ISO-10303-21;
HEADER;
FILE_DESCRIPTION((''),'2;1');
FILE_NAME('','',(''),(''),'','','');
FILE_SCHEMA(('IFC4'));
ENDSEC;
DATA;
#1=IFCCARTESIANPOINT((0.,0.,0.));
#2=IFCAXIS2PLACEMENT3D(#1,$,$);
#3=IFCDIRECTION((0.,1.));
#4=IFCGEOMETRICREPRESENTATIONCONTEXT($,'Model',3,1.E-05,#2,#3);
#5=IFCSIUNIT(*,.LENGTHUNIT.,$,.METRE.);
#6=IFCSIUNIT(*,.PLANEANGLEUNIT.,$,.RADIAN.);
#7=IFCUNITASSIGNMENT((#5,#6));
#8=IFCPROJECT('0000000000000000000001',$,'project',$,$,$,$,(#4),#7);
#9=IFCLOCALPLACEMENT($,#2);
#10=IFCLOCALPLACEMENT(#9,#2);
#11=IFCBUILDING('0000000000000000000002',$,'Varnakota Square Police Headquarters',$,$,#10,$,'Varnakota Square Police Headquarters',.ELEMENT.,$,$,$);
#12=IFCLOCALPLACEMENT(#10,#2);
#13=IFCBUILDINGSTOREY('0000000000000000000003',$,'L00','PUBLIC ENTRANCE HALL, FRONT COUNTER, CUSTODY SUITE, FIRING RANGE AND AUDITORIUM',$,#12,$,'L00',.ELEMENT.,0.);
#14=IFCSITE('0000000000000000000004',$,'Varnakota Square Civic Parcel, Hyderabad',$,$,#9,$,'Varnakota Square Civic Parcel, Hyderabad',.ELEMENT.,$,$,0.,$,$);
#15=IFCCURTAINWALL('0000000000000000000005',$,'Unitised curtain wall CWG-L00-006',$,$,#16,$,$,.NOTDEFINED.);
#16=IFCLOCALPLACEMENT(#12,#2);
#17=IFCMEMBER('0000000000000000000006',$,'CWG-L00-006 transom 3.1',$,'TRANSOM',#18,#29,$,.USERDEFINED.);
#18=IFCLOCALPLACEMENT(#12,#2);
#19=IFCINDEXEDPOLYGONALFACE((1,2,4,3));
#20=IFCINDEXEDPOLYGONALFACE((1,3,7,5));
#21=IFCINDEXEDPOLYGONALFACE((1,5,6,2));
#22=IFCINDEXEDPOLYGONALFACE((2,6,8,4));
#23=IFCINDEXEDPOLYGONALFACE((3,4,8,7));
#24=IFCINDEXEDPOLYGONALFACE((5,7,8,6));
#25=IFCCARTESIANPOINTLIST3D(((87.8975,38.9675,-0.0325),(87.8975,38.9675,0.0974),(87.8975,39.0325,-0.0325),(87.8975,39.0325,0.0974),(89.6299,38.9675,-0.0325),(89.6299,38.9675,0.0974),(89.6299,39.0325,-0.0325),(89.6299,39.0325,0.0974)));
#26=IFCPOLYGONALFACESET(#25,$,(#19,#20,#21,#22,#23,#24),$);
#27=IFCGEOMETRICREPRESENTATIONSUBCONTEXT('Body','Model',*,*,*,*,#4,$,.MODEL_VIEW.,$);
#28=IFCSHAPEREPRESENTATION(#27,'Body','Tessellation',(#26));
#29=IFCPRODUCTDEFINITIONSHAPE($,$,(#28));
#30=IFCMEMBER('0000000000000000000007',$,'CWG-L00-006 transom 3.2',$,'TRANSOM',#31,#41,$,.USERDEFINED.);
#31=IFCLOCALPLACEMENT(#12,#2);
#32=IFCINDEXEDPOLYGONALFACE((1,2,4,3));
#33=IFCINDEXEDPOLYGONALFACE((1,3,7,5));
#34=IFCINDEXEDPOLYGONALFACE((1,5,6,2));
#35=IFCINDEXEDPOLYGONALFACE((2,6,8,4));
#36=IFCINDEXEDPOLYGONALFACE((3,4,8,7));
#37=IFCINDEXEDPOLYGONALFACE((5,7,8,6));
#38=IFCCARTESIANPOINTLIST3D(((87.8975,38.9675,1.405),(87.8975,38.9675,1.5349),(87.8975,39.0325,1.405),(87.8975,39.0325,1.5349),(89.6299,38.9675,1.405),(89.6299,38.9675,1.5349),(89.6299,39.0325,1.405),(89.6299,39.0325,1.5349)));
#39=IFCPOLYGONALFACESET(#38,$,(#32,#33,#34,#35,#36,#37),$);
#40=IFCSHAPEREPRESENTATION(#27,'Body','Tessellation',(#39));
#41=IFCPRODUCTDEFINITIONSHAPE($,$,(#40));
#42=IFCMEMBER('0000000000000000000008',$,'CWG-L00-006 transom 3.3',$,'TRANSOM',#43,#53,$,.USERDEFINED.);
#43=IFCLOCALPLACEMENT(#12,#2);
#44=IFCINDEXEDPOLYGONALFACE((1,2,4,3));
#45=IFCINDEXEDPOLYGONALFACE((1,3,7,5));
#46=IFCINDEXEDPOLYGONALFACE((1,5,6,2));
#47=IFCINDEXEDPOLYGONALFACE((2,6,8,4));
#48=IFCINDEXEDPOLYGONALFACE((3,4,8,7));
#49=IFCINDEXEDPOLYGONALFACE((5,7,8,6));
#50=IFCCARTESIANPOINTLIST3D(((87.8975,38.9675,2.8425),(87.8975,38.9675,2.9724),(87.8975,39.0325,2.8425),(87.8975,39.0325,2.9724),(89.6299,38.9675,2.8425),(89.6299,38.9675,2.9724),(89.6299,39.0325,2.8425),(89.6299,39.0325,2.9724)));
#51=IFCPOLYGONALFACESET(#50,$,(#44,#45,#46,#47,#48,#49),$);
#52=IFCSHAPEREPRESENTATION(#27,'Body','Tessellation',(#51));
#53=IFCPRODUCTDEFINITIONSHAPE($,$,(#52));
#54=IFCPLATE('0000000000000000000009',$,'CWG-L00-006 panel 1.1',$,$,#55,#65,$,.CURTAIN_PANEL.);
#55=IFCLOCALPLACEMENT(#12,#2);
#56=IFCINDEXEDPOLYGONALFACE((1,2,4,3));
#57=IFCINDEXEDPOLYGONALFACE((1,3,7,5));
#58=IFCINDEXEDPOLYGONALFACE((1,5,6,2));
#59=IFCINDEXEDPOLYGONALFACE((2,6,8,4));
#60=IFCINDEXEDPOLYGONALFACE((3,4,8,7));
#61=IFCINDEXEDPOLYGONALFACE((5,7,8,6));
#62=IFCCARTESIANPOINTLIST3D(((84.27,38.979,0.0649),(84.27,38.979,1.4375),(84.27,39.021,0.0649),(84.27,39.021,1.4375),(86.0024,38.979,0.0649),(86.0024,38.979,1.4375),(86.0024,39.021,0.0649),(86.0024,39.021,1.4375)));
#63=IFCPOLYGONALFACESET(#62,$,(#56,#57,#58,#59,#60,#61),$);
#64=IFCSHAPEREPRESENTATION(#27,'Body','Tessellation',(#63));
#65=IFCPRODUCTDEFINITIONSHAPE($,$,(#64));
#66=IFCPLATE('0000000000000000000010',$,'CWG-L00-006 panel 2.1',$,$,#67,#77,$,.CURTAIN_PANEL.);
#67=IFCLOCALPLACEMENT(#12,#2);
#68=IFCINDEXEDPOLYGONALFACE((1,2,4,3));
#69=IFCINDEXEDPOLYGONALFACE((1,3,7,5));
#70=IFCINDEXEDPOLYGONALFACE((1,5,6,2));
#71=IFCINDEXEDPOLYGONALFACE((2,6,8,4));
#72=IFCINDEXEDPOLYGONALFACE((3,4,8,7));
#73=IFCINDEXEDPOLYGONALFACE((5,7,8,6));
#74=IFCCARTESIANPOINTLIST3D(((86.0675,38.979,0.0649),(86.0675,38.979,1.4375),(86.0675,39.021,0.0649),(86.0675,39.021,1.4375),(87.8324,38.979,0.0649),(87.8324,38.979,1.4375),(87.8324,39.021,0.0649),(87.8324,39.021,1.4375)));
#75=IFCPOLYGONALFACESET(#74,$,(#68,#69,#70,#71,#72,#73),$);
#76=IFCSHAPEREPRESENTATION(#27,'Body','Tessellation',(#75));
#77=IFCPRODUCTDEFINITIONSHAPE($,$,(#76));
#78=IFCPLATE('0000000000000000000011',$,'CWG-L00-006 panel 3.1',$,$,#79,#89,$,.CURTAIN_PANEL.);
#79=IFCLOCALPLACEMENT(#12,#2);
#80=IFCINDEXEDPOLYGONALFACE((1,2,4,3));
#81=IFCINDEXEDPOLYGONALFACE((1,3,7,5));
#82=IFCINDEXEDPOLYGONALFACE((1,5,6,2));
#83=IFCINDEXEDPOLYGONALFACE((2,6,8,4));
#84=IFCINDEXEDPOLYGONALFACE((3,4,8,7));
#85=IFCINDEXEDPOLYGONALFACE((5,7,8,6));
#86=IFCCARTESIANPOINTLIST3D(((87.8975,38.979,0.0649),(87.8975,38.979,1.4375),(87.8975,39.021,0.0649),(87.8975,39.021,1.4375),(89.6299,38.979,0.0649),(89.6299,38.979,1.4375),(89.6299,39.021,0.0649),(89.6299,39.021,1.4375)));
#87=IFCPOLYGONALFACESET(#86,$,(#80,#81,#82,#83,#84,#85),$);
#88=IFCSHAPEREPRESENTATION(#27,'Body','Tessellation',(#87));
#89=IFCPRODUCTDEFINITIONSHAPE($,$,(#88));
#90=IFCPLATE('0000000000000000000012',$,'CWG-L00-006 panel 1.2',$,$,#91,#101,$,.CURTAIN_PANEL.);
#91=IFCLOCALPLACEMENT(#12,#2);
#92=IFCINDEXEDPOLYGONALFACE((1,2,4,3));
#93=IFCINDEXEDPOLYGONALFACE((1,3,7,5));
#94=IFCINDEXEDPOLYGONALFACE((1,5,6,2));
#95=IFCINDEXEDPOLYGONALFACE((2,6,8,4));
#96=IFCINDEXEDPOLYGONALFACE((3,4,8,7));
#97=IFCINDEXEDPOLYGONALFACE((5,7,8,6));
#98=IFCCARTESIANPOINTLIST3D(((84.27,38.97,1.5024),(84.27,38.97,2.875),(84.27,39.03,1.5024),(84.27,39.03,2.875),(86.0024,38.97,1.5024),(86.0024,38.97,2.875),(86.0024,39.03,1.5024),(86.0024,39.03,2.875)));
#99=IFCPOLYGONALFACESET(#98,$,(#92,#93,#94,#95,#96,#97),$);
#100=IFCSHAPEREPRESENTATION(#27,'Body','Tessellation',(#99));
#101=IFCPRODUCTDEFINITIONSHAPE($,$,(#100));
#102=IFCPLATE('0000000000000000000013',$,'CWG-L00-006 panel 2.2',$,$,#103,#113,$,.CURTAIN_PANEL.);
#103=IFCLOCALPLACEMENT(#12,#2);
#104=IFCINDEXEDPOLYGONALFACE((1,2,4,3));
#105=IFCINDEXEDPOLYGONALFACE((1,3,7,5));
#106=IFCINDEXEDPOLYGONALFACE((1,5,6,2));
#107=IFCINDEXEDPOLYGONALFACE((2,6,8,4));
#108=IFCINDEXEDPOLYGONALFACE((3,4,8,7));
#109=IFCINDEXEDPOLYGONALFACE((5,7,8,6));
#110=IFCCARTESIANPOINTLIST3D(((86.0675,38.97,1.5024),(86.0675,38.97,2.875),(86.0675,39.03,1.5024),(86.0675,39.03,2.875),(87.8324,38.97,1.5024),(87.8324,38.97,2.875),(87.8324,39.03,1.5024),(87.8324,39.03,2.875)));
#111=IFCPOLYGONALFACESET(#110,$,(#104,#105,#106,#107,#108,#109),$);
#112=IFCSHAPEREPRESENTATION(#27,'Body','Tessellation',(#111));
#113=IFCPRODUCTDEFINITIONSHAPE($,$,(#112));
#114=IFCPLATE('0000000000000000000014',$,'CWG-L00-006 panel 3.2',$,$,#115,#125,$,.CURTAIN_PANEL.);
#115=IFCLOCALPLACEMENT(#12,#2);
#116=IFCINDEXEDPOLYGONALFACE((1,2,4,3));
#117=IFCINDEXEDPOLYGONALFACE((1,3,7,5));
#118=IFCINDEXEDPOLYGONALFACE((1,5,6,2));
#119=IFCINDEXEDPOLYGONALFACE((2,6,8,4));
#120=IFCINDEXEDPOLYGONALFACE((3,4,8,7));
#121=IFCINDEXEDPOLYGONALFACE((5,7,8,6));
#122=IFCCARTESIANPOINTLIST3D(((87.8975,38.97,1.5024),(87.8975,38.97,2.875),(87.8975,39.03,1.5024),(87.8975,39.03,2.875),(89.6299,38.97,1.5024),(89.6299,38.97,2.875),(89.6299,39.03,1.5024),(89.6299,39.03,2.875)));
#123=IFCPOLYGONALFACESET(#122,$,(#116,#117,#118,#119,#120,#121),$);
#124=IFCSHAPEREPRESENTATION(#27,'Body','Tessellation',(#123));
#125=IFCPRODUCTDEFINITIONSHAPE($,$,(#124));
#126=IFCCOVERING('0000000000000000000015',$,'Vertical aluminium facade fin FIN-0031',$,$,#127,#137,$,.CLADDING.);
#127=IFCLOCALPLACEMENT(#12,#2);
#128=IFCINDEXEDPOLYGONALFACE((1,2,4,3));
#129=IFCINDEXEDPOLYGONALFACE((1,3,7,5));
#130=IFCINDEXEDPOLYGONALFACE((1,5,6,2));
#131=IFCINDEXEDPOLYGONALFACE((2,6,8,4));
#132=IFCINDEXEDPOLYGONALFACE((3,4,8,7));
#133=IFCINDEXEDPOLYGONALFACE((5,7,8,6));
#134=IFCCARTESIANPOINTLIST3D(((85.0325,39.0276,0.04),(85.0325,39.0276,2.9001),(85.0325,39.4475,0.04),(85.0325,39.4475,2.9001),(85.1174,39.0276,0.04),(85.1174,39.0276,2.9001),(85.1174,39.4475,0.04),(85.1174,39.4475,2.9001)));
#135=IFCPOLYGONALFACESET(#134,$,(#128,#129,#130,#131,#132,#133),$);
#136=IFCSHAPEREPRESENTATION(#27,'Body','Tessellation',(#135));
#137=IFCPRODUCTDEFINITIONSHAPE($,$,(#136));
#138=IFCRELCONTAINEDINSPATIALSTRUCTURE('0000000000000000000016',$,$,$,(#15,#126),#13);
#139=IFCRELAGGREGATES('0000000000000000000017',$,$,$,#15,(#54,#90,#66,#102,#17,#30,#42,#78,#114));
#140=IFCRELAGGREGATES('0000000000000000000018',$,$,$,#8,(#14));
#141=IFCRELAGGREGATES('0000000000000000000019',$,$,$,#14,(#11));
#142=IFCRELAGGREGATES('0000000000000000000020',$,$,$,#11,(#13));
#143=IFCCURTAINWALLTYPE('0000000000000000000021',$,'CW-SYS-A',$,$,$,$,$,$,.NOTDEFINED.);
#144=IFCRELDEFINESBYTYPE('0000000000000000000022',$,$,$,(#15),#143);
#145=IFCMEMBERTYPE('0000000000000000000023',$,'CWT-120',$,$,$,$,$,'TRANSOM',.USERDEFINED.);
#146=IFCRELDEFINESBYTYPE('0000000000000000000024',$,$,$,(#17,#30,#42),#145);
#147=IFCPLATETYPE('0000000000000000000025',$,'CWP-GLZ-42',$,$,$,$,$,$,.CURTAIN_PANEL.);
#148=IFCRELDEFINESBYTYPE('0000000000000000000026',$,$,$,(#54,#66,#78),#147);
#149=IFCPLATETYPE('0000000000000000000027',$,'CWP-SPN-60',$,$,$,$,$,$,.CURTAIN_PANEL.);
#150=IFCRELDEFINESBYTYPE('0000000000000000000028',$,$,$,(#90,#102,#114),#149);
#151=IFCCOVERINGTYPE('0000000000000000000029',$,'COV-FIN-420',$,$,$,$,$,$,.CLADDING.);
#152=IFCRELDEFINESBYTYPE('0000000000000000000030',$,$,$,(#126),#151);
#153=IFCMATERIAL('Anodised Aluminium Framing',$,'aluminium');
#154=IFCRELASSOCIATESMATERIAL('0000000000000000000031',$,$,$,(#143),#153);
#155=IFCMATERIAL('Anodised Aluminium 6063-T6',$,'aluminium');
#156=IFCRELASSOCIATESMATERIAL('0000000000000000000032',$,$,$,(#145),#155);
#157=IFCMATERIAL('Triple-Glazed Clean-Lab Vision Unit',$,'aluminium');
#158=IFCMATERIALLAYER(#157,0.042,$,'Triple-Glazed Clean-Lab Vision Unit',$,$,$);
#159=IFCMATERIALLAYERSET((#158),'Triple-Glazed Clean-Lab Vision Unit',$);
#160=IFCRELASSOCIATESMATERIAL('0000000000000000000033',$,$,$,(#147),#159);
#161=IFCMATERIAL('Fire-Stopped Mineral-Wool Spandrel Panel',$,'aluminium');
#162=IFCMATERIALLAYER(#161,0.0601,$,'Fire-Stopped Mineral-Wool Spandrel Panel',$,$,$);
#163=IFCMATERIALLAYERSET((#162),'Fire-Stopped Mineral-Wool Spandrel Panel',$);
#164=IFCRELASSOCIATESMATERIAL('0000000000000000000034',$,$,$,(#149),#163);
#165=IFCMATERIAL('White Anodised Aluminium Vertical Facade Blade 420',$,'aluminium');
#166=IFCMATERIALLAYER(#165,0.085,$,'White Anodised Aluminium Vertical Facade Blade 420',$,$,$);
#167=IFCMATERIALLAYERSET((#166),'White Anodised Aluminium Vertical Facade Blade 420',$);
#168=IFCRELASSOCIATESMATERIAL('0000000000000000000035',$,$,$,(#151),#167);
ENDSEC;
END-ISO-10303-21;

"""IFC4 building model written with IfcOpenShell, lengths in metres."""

from ifc_helpers import new_model, si_unit, direction, frame, origin, origin_2d, place, context, subcontext, project, spatial, rectangle, extrude, material, layer, layer_set, material_profile, profile_set, type_object, element, aggregate, save


model = new_model("IFC4")

# Units and contexts
model_context = context("Model", 3, precision=1e-05, world=origin(), true_north=direction((0.0, 1.0)))
body_context = subcontext(model_context, "Body", "Model", "MODEL_VIEW")
ifc_project = project(units=[si_unit("LENGTHUNIT", "METRE"), si_unit("PLANEANGLEUNIT", "RADIAN")], contexts=[model_context])

# Site, building, storey
site_placement = place(None, origin())
site = spatial("IfcSite", under=ifc_project, at=site_placement, Name="Varnakota Square Civic Parcel, Hyderabad", LongName="Varnakota Square Civic Parcel, Hyderabad", CompositionType="ELEMENT", RefElevation=0.0)
building_placement = place(site_placement, origin())
building = spatial("IfcBuilding", under=site, at=building_placement, Name="Varnakota Square Police Headquarters", LongName="Varnakota Square Police Headquarters", CompositionType="ELEMENT")
storey_placement = place(building_placement, origin())
storey = spatial("IfcBuildingStorey", under=building, at=storey_placement, Name="L00", Description="PUBLIC ENTRANCE HALL, FRONT COUNTER, CUSTODY SUITE, FIRING RANGE AND AUDITORIUM", LongName="L00", CompositionType="ELEMENT", Elevation=0.0)

# Curtain wall, members, plates
ifc_material_1 = material(Name="Anodised Aluminium Framing", Category="aluminium")
curtain_wall_type = type_object("IfcCurtainWallType", Name="CW-SYS-A", PredefinedType="NOTDEFINED", material=ifc_material_1)
curtain_wall_placement = place(storey_placement, origin())
curtain_wall = element("IfcCurtainWall", 1, at=curtain_wall_placement, inside=storey, type_object=curtain_wall_type, Name="Unitised curtain wall CWG-L00-006", PredefinedType="NOTDEFINED")
ifc_material_2 = material(Name="Anodised Aluminium 6063-T6", Category="aluminium")
ifc_material_profile_1 = material_profile(ifc_material_2, rectangle(XDim=0.0649, YDim=0.1299, at=origin_2d()), Name="ALU TRANSOM 65x130")
ifc_profile_set_1 = profile_set([ifc_material_profile_1], Name="Anodised Aluminium 6063-T6")
member_type_1 = type_object("IfcMemberType", Name="CWT-120", ElementType="TRANSOM", PredefinedType="USERDEFINED", material=ifc_profile_set_1)
member_1_placement = place(storey_placement, frame((87.8975, 39.0, 0.0325), z_axis=(1.0, 0.0, 0.0), x_axis=(0.0, 1.0, 0.0)))
member_1 = element("IfcMember", 2, at=member_1_placement, type_object=member_type_1, Name="CWG-L00-006 transom 3.1", ObjectType="TRANSOM", PredefinedType="USERDEFINED", context=body_context, shape_type="SweptSolid", body=[
    extrude(rectangle(XDim=0.0649, YDim=0.1299, at=origin_2d()), origin(), (0.0, 0.0, 1.0), 1.7324),
])
member_2_placement = place(storey_placement, frame((87.8975, 39.0, 1.47), z_axis=(1.0, 0.0, 0.0), x_axis=(0.0, 1.0, 0.0)))
member_2 = element("IfcMember", 3, at=member_2_placement, type_object=member_type_1, Name="CWG-L00-006 transom 3.2", ObjectType="TRANSOM", PredefinedType="USERDEFINED", context=body_context, shape_type="SweptSolid", body=[
    extrude(rectangle(XDim=0.0649, YDim=0.1299, at=origin_2d()), origin(), (0.0, 0.0, 1.0), 1.7324),
])
member_3_placement = place(storey_placement, frame((87.8975, 39.0, 2.9075), z_axis=(1.0, 0.0, 0.0), x_axis=(0.0, 1.0, 0.0)))
member_3 = element("IfcMember", 4, at=member_3_placement, type_object=member_type_1, Name="CWG-L00-006 transom 3.3", ObjectType="TRANSOM", PredefinedType="USERDEFINED", context=body_context, shape_type="SweptSolid", body=[
    extrude(rectangle(XDim=0.0649, YDim=0.1299, at=origin_2d()), origin(), (0.0, 0.0, 1.0), 1.7324),
])
ifc_material_3 = material(Name="Triple-Glazed Clean-Lab Vision Unit", Category="aluminium")
ifc_layer_1 = layer(ifc_material_3, 0.042, Name="Triple-Glazed Clean-Lab Vision Unit")
ifc_layer_set_1 = layer_set([ifc_layer_1], Name="Triple-Glazed Clean-Lab Vision Unit")
plate_type_1 = type_object("IfcPlateType", Name="CWP-GLZ-42", PredefinedType="CURTAIN_PANEL", material=ifc_layer_set_1)
plate_1_placement = place(storey_placement, frame((85.1362, 39.0, 0.0649), z_axis=(0.0, 0.0, 1.0), x_axis=(1.0, 0.0, 0.0)))
plate_1 = element("IfcPlate", 5, at=plate_1_placement, type_object=plate_type_1, Name="CWG-L00-006 panel 1.1", PredefinedType="CURTAIN_PANEL", context=body_context, shape_type="SweptSolid", body=[
    extrude(rectangle(XDim=1.7324, YDim=0.042, at=origin_2d()), origin(), (0.0, 0.0, 1.0), 1.3726),
])
plate_2_placement = place(storey_placement, frame((86.95, 39.0, 0.0649), z_axis=(0.0, 0.0, 1.0), x_axis=(1.0, 0.0, 0.0)))
plate_2 = element("IfcPlate", 6, at=plate_2_placement, type_object=plate_type_1, Name="CWG-L00-006 panel 2.1", PredefinedType="CURTAIN_PANEL", context=body_context, shape_type="SweptSolid", body=[
    extrude(rectangle(XDim=1.7649, YDim=0.042, at=origin_2d()), origin(), (0.0, 0.0, 1.0), 1.3726),
])
plate_3_placement = place(storey_placement, frame((88.7637, 39.0, 0.0649), z_axis=(0.0, 0.0, 1.0), x_axis=(1.0, 0.0, 0.0)))
plate_3 = element("IfcPlate", 7, at=plate_3_placement, type_object=plate_type_1, Name="CWG-L00-006 panel 3.1", PredefinedType="CURTAIN_PANEL", context=body_context, shape_type="SweptSolid", body=[
    extrude(rectangle(XDim=1.7324, YDim=0.042, at=origin_2d()), origin(), (0.0, 0.0, 1.0), 1.3726),
])
ifc_material_4 = material(Name="Fire-Stopped Mineral-Wool Spandrel Panel", Category="aluminium")
ifc_layer_2 = layer(ifc_material_4, 0.0601, Name="Fire-Stopped Mineral-Wool Spandrel Panel")
ifc_layer_set_2 = layer_set([ifc_layer_2], Name="Fire-Stopped Mineral-Wool Spandrel Panel")
plate_type_2 = type_object("IfcPlateType", Name="CWP-SPN-60", PredefinedType="CURTAIN_PANEL", material=ifc_layer_set_2)
plate_4_placement = place(storey_placement, frame((85.1362, 39.0, 1.5024), z_axis=(0.0, 0.0, 1.0), x_axis=(1.0, 0.0, 0.0)))
plate_4 = element("IfcPlate", 8, at=plate_4_placement, type_object=plate_type_2, Name="CWG-L00-006 panel 1.2", PredefinedType="CURTAIN_PANEL", context=body_context, shape_type="SweptSolid", body=[
    extrude(rectangle(XDim=1.7324, YDim=0.0601, at=origin_2d()), origin(), (0.0, 0.0, 1.0), 1.3726),
])
plate_5_placement = place(storey_placement, frame((86.95, 39.0, 1.5024), z_axis=(0.0, 0.0, 1.0), x_axis=(1.0, 0.0, 0.0)))
plate_5 = element("IfcPlate", 9, at=plate_5_placement, type_object=plate_type_2, Name="CWG-L00-006 panel 2.2", PredefinedType="CURTAIN_PANEL", context=body_context, shape_type="SweptSolid", body=[
    extrude(rectangle(XDim=1.7649, YDim=0.0601, at=origin_2d()), origin(), (0.0, 0.0, 1.0), 1.3726),
])
plate_6_placement = place(storey_placement, frame((88.7637, 39.0, 1.5024), z_axis=(0.0, 0.0, 1.0), x_axis=(1.0, 0.0, 0.0)))
plate_6 = element("IfcPlate", 10, at=plate_6_placement, type_object=plate_type_2, Name="CWG-L00-006 panel 3.2", PredefinedType="CURTAIN_PANEL", context=body_context, shape_type="SweptSolid", body=[
    extrude(rectangle(XDim=1.7324, YDim=0.0601, at=origin_2d()), origin(), (0.0, 0.0, 1.0), 1.3726),
])
aggregate(curtain_wall, [plate_1, plate_4, plate_2, plate_5, member_1, member_2, member_3, plate_3, plate_6])

# Covering
ifc_material_5 = material(Name="White Anodised Aluminium Vertical Facade Blade 420", Category="aluminium")
ifc_layer_3 = layer(ifc_material_5, 0.085, Name="White Anodised Aluminium Vertical Facade Blade 420")
ifc_layer_set_3 = layer_set([ifc_layer_3], Name="White Anodised Aluminium Vertical Facade Blade 420")
covering_type = type_object("IfcCoveringType", Name="COV-FIN-420", PredefinedType="CLADDING", material=ifc_layer_set_3)
covering_placement = place(storey_placement, frame((85.075, 39.2375, 0.04), z_axis=(0.0, 0.0, 1.0), x_axis=(1.0, 0.0, 0.0)))
element("IfcCovering", 11, at=covering_placement, inside=storey, type_object=covering_type, Name="Vertical aluminium facade fin FIN-0031", PredefinedType="CLADDING", context=body_context, shape_type="SweptSolid", body=[
    extrude(rectangle(XDim=0.085, YDim=0.4199, at=origin_2d()), origin(), (0.0, 0.0, 1.0), 2.8601),
])

save(model, "model.ifc")
